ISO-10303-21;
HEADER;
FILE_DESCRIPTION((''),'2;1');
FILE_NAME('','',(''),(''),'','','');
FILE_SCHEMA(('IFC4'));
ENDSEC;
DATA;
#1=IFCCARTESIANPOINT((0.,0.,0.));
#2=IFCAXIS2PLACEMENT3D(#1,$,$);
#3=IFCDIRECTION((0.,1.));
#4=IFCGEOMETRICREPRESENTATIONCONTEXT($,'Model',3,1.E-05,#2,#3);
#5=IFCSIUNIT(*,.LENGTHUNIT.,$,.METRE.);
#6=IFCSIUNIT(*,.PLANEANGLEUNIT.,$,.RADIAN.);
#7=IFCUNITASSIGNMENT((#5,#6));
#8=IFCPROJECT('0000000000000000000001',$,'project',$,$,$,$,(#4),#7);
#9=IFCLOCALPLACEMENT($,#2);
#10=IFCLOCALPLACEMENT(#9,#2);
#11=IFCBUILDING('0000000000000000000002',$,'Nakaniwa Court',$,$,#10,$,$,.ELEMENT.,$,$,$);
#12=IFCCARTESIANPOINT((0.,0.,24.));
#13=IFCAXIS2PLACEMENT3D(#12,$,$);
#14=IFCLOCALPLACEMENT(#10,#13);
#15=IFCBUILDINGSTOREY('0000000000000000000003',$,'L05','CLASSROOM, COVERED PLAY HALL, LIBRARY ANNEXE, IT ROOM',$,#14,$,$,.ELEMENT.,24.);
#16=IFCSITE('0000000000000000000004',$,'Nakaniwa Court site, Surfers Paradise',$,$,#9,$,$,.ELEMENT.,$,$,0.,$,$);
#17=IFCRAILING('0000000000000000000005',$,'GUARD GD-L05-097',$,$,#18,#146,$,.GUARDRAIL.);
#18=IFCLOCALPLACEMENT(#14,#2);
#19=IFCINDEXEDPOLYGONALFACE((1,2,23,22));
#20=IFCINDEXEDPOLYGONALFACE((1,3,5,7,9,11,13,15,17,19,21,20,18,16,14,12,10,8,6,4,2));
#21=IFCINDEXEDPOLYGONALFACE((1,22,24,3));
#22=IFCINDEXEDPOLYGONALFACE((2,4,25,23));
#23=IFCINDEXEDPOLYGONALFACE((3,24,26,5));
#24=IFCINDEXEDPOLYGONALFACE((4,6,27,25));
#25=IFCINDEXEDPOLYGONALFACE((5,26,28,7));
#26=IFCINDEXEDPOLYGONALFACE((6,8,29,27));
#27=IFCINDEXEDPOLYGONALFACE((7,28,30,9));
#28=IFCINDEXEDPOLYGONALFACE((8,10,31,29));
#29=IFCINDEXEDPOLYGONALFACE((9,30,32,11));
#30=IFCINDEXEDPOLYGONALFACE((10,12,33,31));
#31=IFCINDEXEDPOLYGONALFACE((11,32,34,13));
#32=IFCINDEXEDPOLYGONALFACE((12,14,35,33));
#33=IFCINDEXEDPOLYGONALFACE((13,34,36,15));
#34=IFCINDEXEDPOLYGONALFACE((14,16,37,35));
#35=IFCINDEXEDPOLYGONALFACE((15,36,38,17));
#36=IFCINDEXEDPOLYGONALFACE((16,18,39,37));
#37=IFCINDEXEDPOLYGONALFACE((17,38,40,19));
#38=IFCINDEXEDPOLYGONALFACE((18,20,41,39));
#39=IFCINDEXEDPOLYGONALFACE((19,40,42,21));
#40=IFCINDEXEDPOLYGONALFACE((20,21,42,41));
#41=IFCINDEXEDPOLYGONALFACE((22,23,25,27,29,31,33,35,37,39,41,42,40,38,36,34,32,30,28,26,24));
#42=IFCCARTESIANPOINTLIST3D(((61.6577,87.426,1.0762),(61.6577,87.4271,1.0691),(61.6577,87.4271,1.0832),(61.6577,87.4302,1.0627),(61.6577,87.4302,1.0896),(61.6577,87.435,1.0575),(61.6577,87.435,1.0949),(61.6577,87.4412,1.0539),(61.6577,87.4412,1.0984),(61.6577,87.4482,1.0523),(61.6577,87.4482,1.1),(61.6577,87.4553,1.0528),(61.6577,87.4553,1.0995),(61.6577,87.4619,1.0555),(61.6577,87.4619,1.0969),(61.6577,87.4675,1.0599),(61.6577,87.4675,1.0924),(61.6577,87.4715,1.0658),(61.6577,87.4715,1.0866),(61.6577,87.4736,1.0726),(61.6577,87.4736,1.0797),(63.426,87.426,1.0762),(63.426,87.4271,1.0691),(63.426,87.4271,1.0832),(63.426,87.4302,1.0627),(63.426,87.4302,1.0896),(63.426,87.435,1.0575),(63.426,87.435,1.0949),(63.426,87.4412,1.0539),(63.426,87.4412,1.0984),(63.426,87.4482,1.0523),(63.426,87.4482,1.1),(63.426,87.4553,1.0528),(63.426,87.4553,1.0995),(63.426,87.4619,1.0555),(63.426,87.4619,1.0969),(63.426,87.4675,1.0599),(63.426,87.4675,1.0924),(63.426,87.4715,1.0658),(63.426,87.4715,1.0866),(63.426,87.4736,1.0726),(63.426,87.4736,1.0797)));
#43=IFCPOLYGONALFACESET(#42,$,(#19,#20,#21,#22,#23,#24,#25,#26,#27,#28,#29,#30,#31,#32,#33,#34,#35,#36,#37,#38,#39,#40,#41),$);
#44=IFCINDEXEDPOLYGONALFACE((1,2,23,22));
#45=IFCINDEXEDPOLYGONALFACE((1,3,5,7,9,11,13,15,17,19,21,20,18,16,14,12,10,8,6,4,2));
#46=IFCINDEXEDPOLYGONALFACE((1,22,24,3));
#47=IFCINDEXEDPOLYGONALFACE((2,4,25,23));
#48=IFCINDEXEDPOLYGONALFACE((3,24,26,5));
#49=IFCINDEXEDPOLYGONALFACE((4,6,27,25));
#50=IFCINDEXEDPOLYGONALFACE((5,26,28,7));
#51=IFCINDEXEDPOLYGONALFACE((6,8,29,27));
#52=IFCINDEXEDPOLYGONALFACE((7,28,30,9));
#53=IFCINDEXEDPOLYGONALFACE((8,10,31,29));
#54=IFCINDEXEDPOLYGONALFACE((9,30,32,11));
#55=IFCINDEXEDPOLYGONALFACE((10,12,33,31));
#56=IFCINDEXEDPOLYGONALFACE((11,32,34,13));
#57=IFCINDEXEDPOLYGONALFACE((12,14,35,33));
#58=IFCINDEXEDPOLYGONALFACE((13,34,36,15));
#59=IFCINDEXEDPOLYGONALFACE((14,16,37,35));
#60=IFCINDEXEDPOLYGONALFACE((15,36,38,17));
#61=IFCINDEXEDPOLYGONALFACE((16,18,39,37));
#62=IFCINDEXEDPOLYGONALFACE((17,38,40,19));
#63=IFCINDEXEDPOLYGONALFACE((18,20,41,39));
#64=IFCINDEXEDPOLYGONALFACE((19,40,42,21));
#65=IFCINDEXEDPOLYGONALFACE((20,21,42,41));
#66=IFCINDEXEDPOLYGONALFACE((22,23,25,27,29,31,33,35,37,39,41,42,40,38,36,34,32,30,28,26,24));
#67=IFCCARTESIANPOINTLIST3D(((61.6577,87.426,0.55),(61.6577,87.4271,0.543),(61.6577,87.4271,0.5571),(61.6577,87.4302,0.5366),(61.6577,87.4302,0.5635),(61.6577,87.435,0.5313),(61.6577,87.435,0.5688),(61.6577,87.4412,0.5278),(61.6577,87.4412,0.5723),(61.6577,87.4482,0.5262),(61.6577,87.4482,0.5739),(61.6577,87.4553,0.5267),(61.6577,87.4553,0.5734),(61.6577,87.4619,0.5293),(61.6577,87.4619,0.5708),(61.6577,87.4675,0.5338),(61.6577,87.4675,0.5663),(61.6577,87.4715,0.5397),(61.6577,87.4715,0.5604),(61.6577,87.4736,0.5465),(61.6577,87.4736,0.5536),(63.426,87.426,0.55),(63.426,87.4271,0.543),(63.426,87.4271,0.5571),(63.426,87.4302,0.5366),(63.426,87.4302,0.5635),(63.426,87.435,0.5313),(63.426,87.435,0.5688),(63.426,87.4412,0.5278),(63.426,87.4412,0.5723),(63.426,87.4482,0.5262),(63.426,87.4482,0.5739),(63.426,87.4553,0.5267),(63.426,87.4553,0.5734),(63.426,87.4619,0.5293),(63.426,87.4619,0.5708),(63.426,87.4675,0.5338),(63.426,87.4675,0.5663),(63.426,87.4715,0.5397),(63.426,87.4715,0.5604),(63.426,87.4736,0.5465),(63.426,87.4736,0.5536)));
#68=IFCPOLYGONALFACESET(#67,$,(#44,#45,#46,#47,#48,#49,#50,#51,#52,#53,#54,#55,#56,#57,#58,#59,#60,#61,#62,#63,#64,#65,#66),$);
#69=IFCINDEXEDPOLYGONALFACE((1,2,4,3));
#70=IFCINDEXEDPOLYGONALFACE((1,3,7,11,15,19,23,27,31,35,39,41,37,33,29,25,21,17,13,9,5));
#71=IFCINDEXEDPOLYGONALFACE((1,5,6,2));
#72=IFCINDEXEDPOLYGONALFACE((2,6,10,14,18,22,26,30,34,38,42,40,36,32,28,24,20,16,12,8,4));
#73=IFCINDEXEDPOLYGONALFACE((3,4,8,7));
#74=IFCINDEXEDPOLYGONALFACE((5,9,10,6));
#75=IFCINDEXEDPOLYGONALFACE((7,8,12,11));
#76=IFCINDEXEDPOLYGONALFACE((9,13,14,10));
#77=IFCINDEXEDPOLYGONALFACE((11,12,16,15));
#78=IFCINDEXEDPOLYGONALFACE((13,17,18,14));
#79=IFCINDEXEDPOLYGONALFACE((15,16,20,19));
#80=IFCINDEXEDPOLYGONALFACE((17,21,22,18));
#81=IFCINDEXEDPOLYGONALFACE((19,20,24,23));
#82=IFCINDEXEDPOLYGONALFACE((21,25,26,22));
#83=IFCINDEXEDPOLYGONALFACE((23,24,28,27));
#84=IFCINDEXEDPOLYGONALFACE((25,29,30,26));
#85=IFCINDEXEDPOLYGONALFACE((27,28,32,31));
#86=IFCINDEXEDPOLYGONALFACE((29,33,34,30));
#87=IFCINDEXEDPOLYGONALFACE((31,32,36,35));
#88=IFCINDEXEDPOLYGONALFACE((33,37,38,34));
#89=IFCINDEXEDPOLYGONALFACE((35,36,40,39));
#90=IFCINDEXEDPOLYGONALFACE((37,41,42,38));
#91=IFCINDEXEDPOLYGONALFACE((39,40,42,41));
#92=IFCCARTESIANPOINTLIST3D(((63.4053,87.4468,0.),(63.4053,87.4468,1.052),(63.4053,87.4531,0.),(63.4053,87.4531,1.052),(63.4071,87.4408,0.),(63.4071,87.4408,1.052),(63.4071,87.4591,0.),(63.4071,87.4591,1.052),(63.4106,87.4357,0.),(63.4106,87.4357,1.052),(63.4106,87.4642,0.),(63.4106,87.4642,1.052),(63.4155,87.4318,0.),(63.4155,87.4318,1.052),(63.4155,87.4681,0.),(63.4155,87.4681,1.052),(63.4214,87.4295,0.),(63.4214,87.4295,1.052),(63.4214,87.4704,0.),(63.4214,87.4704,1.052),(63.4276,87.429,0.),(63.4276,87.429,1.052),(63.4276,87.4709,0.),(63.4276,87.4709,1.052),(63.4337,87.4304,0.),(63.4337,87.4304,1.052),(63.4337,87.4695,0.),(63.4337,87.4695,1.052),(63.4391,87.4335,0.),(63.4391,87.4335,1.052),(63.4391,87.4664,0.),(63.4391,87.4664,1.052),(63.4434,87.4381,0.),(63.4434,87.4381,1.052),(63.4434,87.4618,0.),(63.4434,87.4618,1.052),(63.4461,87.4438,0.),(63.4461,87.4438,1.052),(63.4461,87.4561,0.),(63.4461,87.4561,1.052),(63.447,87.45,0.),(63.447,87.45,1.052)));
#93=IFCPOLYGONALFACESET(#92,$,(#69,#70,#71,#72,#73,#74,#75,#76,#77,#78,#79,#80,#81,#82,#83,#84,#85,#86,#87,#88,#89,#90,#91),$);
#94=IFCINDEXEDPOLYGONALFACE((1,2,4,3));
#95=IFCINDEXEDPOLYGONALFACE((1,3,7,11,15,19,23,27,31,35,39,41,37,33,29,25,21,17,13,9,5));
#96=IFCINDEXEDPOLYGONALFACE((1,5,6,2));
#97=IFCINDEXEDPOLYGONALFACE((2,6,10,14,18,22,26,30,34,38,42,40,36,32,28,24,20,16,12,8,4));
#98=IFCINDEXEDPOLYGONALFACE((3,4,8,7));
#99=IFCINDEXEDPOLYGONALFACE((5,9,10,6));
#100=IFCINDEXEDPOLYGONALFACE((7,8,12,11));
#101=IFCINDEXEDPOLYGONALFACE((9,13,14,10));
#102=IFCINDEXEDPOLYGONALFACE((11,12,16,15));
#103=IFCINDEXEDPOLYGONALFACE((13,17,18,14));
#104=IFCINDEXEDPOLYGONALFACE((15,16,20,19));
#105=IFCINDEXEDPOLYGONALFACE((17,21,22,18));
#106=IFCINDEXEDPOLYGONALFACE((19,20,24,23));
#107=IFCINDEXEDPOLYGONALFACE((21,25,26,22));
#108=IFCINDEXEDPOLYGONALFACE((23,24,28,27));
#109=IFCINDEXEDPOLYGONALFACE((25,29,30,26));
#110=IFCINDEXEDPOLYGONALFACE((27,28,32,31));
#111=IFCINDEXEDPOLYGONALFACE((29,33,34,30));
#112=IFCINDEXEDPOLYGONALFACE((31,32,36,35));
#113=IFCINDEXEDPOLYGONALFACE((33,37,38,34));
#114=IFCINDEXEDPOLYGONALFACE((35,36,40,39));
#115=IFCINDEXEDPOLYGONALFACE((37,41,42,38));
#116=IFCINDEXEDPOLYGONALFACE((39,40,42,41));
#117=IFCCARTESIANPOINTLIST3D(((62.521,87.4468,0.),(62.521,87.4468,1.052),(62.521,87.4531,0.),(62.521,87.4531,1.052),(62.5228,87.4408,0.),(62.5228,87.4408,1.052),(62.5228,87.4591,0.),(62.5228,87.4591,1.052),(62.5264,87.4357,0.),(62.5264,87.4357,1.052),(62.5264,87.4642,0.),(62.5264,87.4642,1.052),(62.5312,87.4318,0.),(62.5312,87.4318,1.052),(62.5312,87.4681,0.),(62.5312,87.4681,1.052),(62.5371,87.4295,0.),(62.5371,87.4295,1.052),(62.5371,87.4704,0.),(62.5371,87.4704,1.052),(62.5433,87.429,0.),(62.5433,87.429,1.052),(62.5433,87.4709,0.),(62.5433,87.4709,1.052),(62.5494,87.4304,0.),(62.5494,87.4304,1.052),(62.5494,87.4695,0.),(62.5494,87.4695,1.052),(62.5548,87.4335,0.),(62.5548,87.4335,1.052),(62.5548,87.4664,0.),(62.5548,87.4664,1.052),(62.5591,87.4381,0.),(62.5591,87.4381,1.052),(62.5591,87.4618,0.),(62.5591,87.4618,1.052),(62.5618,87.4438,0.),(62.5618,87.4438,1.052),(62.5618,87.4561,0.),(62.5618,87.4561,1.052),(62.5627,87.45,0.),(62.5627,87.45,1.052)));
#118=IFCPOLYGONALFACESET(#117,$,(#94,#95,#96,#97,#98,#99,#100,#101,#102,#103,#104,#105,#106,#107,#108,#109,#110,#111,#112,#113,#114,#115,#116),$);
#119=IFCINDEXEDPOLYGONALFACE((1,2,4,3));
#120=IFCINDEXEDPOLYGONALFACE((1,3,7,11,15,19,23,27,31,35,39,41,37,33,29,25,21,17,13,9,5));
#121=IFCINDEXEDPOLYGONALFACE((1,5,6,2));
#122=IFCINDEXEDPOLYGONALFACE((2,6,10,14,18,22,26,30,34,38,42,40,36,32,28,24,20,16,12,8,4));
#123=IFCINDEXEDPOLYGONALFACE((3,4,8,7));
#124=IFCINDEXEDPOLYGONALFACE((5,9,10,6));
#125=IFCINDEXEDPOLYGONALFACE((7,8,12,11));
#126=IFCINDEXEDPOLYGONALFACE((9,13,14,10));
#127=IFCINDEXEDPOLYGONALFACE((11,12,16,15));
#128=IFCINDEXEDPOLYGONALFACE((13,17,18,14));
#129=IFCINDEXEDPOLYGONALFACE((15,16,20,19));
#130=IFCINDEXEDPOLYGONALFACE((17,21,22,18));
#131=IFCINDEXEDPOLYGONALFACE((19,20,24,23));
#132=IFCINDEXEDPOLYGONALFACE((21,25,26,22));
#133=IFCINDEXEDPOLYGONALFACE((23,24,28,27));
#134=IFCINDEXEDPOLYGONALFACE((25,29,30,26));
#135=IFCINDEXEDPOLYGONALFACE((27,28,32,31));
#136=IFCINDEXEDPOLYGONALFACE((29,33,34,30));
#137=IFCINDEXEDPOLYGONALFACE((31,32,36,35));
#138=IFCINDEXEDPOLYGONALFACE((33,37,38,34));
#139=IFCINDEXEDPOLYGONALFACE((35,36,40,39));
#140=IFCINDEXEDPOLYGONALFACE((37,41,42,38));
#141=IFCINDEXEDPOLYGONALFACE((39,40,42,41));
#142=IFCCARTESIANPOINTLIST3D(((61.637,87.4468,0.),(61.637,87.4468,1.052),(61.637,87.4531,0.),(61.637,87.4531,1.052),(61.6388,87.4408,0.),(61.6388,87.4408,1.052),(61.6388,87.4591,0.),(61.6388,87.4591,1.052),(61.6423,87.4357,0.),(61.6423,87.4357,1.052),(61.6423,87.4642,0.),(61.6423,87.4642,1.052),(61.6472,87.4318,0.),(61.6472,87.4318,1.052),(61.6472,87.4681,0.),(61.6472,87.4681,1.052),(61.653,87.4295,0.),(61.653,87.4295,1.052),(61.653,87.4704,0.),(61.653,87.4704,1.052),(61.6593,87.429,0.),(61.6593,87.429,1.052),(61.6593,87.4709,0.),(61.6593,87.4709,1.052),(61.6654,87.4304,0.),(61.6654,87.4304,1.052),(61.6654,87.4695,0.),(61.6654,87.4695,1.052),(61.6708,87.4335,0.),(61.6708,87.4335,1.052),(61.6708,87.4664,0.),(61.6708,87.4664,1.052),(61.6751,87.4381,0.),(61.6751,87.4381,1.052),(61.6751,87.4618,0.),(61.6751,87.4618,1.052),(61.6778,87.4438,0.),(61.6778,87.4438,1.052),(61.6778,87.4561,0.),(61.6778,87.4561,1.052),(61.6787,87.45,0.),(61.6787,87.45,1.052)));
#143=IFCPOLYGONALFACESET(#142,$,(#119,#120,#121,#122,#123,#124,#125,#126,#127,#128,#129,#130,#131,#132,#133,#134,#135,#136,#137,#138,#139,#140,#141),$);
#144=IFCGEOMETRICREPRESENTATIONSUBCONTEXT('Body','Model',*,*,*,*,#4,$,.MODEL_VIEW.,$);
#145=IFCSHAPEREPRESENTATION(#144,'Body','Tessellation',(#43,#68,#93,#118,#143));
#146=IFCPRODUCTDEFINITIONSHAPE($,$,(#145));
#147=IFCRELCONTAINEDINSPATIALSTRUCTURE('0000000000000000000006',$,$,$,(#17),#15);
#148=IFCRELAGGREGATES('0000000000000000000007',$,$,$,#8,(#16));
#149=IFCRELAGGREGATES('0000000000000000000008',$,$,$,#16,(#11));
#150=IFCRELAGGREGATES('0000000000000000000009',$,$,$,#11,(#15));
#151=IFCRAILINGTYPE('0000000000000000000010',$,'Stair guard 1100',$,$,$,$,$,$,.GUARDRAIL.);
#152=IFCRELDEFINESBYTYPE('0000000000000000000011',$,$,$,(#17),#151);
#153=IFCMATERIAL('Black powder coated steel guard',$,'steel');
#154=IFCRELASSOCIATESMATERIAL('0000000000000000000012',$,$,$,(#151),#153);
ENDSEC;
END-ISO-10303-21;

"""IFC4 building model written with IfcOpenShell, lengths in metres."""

from ifc_helpers import new_model, si_unit, direction, frame, origin, origin_2d, place, context, subcontext, project, spatial, circle, extrude, material, type_object, element, save


model = new_model("IFC4")

# Units and contexts
model_context = context("Model", 3, precision=1e-05, world=origin(), true_north=direction((0.0, 1.0)))
body_context = subcontext(model_context, "Body", "Model", "MODEL_VIEW")
ifc_project = project(units=[si_unit("LENGTHUNIT", "METRE"), si_unit("PLANEANGLEUNIT", "RADIAN")], contexts=[model_context])

# Site, building, storey
site_placement = place(None, origin())
site = spatial("IfcSite", under=ifc_project, at=site_placement, Name="Nakaniwa Court site, Surfers Paradise", CompositionType="ELEMENT", RefElevation=0.0)
building_placement = place(site_placement, origin())
building = spatial("IfcBuilding", under=site, at=building_placement, Name="Nakaniwa Court", CompositionType="ELEMENT")
storey_placement = place(building_placement, frame((0.0, 0.0, 24.0)))
storey = spatial("IfcBuildingStorey", under=building, at=storey_placement, Name="L05", Description="CLASSROOM, COVERED PLAY HALL, LIBRARY ANNEXE, IT ROOM", CompositionType="ELEMENT", Elevation=24.0)

# Railing
ifc_material_1 = material(Name="Black powder coated steel guard", Category="steel")
railing_type = type_object("IfcRailingType", Name="Stair guard 1100", PredefinedType="GUARDRAIL", material=ifc_material_1)
railing_1_placement = place(storey_placement, frame((63.426, 87.45, 0.0)))
element("IfcRailing", 1, at=railing_1_placement, inside=storey, type_object=railing_type, Name="GUARD GD-L05-097", PredefinedType="GUARDRAIL", context=body_context, shape_type="SweptSolid", body=[
    extrude(circle(Radius=0.0239, at=origin_2d()), frame((0.0, 0.0, 1.0762), z_axis=(-1.0, 0.0, 0.0), x_axis=(0.0, -1.0, 0.0)), (0.0, 0.0, 1.0), 1.7683),
    extrude(circle(Radius=0.0239, at=origin_2d()), frame((0.0, 0.0, 0.55), z_axis=(-1.0, 0.0, 0.0), x_axis=(0.0, -1.0, 0.0)), (0.0, 0.0, 1.0), 1.7683),
    extrude(circle(Radius=0.021, at=origin_2d()), origin(), (0.0, 0.0, 1.0), 1.052),
    extrude(circle(Radius=0.021, at=origin_2d()), frame((-0.8843, 0.0, 0.0)), (0.0, 0.0, 1.0), 1.052),
    extrude(circle(Radius=0.021, at=origin_2d()), frame((-1.7683, 0.0, 0.0)), (0.0, 0.0, 1.0), 1.052),
])

save(model, "model.ifc")
